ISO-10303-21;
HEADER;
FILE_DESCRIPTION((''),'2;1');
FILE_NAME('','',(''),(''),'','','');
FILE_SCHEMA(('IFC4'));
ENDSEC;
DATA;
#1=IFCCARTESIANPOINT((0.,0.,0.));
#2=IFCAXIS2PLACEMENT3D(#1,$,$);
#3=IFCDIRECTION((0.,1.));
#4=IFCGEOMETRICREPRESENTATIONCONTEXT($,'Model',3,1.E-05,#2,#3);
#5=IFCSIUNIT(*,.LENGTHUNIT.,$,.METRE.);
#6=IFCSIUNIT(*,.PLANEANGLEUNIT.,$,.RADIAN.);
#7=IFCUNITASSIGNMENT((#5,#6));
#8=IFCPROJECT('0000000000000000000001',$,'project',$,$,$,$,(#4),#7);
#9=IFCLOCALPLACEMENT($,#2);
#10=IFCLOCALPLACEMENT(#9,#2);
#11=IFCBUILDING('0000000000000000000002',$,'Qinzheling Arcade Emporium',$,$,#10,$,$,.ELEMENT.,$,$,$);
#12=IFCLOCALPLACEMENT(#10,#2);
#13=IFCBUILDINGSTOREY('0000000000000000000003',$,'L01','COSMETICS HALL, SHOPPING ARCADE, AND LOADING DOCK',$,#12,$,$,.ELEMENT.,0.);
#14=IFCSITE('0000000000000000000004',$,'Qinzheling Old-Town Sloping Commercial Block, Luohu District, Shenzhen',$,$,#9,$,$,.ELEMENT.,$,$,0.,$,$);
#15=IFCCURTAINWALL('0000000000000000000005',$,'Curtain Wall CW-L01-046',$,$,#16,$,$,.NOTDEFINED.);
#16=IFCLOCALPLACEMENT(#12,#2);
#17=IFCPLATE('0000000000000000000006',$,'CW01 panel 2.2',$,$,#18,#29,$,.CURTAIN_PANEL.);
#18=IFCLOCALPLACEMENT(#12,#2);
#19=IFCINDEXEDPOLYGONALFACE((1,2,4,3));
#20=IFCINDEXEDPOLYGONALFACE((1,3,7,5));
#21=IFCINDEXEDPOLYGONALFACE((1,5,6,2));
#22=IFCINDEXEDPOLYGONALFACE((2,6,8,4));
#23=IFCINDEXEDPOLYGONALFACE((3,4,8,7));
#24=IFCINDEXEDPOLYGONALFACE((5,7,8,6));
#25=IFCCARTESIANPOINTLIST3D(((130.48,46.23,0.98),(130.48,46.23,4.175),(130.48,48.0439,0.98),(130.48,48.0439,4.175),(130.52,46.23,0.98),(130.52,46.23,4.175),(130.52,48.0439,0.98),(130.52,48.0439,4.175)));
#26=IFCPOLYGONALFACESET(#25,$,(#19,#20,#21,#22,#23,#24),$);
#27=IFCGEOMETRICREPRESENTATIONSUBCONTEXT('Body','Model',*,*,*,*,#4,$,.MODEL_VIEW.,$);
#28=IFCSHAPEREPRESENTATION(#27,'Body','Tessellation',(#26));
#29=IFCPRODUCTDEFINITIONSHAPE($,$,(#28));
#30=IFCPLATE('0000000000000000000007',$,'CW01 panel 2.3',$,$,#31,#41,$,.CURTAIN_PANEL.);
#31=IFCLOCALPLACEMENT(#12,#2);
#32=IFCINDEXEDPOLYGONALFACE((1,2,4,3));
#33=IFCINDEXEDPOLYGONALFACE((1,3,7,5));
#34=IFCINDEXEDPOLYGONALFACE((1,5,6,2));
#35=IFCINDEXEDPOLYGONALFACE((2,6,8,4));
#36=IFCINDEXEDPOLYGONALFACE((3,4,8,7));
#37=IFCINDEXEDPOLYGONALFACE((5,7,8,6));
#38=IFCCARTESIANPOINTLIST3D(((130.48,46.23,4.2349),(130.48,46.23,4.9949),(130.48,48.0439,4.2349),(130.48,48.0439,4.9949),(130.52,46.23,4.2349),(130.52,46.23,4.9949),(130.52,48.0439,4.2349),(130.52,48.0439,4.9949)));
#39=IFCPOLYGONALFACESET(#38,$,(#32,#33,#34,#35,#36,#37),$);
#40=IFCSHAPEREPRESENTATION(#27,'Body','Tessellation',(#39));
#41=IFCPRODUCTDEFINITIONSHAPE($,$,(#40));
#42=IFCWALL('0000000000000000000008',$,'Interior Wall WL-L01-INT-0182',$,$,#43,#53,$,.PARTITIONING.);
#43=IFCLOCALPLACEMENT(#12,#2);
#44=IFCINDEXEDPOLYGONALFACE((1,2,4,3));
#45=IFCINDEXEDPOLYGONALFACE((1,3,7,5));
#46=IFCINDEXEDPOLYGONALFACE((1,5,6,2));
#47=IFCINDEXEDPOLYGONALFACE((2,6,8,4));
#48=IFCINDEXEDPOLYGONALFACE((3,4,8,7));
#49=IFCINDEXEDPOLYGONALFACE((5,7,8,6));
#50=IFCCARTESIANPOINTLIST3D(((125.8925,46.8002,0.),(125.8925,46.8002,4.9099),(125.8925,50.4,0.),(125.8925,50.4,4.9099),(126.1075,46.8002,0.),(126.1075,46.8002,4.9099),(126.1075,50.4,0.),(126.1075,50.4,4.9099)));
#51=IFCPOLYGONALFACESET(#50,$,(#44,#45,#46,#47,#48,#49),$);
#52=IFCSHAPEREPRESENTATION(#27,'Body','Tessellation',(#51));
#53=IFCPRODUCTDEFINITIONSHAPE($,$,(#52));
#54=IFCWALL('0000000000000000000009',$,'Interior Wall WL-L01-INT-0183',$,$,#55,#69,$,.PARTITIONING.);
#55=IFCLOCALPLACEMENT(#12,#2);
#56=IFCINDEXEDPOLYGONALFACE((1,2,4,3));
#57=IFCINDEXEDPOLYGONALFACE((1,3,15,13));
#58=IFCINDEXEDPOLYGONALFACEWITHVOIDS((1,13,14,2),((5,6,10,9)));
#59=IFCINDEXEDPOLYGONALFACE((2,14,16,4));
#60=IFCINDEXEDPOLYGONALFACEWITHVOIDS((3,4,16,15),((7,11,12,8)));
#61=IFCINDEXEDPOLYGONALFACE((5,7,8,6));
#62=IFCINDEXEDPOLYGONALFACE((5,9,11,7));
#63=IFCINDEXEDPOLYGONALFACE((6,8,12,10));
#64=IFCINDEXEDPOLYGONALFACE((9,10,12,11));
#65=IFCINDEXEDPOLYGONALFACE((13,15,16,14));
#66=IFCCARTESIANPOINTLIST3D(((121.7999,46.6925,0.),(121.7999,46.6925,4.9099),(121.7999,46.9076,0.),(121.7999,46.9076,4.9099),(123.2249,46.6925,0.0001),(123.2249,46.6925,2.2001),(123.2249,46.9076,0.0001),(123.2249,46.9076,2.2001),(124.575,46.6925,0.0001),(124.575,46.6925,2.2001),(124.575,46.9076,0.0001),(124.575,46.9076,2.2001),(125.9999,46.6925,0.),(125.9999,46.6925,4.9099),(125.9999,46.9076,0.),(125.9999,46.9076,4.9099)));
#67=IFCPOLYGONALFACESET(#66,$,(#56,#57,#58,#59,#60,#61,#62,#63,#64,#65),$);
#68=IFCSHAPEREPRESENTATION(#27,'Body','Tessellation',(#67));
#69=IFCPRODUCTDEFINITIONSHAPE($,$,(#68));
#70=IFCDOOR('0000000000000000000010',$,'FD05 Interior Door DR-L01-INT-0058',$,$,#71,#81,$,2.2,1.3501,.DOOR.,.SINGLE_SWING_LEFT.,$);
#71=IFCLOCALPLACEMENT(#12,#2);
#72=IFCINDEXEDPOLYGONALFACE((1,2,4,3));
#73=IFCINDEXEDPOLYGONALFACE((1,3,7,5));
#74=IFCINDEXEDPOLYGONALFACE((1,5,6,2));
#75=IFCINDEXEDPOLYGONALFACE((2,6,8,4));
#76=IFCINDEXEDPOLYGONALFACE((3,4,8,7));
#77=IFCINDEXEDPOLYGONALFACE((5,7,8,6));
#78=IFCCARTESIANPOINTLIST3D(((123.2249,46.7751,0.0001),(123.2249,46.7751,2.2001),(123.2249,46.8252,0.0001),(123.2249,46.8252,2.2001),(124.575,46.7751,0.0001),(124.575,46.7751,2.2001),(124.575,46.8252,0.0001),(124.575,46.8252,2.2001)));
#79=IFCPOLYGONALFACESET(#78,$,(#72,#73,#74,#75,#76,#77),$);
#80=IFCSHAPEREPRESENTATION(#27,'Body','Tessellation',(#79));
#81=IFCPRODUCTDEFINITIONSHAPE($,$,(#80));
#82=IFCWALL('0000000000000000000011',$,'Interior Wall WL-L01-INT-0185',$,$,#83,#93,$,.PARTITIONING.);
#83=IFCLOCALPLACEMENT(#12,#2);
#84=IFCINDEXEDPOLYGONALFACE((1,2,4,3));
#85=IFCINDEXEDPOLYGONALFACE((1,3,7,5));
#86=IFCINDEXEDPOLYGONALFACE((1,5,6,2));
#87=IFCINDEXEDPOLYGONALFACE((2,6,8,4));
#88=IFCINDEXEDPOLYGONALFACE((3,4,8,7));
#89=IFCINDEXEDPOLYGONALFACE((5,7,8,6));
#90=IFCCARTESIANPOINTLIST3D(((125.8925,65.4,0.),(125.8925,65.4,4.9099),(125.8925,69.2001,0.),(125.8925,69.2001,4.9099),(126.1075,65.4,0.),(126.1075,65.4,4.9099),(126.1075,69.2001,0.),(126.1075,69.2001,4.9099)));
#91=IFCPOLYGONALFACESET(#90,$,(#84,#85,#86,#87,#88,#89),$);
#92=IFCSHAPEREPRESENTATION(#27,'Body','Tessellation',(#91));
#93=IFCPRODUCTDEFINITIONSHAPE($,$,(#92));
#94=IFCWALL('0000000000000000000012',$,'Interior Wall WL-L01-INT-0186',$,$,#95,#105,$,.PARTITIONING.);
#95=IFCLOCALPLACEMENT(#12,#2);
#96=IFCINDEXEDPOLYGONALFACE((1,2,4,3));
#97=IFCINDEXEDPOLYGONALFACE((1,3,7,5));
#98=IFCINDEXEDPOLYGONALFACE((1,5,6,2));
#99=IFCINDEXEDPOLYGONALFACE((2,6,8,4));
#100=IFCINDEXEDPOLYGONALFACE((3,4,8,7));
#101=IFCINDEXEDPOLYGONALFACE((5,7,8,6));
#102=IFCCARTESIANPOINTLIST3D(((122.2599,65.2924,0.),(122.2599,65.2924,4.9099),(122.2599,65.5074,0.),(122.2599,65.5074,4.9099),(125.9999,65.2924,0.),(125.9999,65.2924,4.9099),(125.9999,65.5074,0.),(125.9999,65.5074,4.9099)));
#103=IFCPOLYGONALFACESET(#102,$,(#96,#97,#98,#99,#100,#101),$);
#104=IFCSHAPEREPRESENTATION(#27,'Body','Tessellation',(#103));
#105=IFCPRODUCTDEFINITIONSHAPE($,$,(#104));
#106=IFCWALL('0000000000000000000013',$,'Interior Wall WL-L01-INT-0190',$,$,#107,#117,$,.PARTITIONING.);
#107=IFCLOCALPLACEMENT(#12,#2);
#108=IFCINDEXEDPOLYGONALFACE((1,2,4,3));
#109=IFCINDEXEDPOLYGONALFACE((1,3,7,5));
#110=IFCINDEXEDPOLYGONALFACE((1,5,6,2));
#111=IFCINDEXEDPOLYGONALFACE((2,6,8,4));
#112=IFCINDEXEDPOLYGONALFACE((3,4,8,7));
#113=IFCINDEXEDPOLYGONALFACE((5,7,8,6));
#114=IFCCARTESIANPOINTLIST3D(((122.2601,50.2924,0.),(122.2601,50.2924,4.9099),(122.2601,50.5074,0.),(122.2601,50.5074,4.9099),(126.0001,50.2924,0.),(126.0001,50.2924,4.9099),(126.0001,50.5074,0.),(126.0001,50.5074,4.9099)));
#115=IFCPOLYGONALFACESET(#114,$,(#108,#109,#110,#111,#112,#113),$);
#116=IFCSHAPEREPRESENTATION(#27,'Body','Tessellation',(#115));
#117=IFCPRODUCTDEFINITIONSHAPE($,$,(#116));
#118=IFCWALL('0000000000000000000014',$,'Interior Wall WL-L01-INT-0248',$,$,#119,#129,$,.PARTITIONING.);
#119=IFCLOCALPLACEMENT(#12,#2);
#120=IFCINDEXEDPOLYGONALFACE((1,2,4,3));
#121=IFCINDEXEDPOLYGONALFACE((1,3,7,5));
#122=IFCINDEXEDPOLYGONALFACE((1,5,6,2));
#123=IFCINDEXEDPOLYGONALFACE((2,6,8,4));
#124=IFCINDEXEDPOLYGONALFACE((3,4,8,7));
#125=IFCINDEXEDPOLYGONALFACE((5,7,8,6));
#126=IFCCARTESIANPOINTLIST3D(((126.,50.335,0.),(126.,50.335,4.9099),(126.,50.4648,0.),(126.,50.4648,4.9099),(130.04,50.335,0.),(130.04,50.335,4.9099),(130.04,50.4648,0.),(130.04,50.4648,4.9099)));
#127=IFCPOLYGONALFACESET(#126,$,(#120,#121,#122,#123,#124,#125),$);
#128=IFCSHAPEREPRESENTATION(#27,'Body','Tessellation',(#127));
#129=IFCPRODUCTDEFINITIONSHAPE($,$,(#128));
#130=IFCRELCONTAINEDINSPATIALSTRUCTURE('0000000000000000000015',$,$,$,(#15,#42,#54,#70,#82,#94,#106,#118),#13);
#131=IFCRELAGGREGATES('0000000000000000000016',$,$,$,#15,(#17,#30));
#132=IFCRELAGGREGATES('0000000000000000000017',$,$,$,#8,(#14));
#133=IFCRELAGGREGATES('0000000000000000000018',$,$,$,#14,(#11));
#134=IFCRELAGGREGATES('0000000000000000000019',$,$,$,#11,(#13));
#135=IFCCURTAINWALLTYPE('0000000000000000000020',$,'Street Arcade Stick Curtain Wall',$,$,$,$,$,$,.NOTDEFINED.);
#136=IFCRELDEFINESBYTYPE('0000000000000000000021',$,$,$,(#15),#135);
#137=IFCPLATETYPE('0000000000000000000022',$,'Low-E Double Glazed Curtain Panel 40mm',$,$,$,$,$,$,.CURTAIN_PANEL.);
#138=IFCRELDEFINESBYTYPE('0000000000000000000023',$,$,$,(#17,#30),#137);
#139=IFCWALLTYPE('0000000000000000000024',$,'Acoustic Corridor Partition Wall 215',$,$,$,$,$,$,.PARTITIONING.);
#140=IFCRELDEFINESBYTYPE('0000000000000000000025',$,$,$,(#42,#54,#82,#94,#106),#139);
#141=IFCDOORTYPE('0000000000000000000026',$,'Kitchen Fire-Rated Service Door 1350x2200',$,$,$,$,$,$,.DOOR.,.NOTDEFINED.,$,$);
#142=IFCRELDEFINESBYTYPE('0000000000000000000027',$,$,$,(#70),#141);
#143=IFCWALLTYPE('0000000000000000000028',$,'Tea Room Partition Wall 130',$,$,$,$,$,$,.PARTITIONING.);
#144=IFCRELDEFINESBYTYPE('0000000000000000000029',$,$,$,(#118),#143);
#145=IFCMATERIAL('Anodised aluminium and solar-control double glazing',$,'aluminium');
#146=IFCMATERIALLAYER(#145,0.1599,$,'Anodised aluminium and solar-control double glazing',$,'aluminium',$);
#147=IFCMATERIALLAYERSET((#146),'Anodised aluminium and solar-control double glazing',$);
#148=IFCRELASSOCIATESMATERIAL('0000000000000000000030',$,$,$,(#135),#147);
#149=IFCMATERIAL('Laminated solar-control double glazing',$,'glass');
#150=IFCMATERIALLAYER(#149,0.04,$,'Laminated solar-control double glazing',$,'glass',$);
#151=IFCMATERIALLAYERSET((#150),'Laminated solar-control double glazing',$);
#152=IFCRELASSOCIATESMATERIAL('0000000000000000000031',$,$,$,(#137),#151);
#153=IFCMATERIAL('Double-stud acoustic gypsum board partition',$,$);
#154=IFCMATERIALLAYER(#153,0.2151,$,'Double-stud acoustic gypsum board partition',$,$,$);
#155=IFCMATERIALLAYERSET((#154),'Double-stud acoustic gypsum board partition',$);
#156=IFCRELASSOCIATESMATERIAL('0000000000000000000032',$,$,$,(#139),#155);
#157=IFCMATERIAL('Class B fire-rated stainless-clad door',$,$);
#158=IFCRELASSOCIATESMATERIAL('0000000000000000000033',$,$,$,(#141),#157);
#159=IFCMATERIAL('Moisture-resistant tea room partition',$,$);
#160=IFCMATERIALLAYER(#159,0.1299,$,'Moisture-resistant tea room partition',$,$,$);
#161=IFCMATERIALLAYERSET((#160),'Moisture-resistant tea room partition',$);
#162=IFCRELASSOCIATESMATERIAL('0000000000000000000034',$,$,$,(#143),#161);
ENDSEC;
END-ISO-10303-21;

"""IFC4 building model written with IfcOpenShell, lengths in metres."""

from ifc_helpers import new_model, si_unit, direction, frame, frame_2d, origin, origin_2d, place, context, subcontext, project, spatial, rectangle, extrude, material, layer, layer_set, type_object, element, fill, aggregate, save


model = new_model("IFC4")

# Units and contexts
model_context = context("Model", 3, precision=1e-05, world=origin(), true_north=direction((0.0, 1.0)))
body_context = subcontext(model_context, "Body", "Model", "MODEL_VIEW")
ifc_project = project(units=[si_unit("LENGTHUNIT", "METRE"), si_unit("PLANEANGLEUNIT", "RADIAN")], contexts=[model_context])

# Site, building, storey
site_placement = place(None, origin())
site = spatial("IfcSite", under=ifc_project, at=site_placement, Name="Qinzheling Old-Town Sloping Commercial Block, Luohu District, Shenzhen", CompositionType="ELEMENT", RefElevation=0.0)
building_placement = place(site_placement, origin())
building = spatial("IfcBuilding", under=site, at=building_placement, Name="Qinzheling Arcade Emporium", CompositionType="ELEMENT")
storey_placement = place(building_placement, origin())
storey = spatial("IfcBuildingStorey", under=building, at=storey_placement, Name="L01", Description="COSMETICS HALL, SHOPPING ARCADE, AND LOADING DOCK", CompositionType="ELEMENT", Elevation=0.0)

# Shared definitions
ifc_material_1 = material(Name="Anodised aluminium and solar-control double glazing", Category="aluminium")
ifc_layer_1 = layer(ifc_material_1, 0.1599, Name="Anodised aluminium and solar-control double glazing", Category="aluminium")
ifc_layer_set_1 = layer_set([ifc_layer_1], Name="Anodised aluminium and solar-control double glazing")
curtain_wall_type = type_object("IfcCurtainWallType", Name="Street Arcade Stick Curtain Wall", PredefinedType="NOTDEFINED", material=ifc_layer_set_1)

# Curtain wall
curtain_wall_1_placement = place(storey_placement, origin())
curtain_wall_1 = element("IfcCurtainWall", 1, at=curtain_wall_1_placement, inside=storey, type_object=curtain_wall_type, Name="Curtain Wall CW-L01-046", PredefinedType="NOTDEFINED")

# Plates
ifc_material_2 = material(Name="Laminated solar-control double glazing", Category="glass")
ifc_layer_2 = layer(ifc_material_2, 0.04, Name="Laminated solar-control double glazing", Category="glass")
ifc_layer_set_2 = layer_set([ifc_layer_2], Name="Laminated solar-control double glazing")
plate_type_1 = type_object("IfcPlateType", Name="Low-E Double Glazed Curtain Panel 40mm", PredefinedType="CURTAIN_PANEL", material=ifc_layer_set_2)
plate_1_placement = place(storey_placement, frame((130.5, 47.137, 0.98), z_axis=(0.0, 0.0, 1.0), x_axis=(0.0, -1.0, 0.0)))
plate_1 = element("IfcPlate", 2, at=plate_1_placement, type_object=plate_type_1, Name="CW01 panel 2.2", PredefinedType="CURTAIN_PANEL", context=body_context, shape_type="SweptSolid", body=[
    extrude(rectangle(XDim=1.814, YDim=0.04, at=origin_2d()), origin(), (0.0, 0.0, 1.0), 3.1951),
])
plate_2_placement = place(storey_placement, frame((130.5, 47.137, 4.2349), z_axis=(0.0, 0.0, 1.0), x_axis=(0.0, -1.0, 0.0)))
plate_2 = element("IfcPlate", 3, at=plate_2_placement, type_object=plate_type_1, Name="CW01 panel 2.3", PredefinedType="CURTAIN_PANEL", context=body_context, shape_type="SweptSolid", body=[
    extrude(rectangle(XDim=1.814, YDim=0.04, at=origin_2d()), origin(), (0.0, 0.0, 1.0), 0.76),
])
aggregate(curtain_wall_1, [plate_1, plate_2])

# Wall
ifc_material_3 = material(Name="Double-stud acoustic gypsum board partition")
ifc_layer_3 = layer(ifc_material_3, 0.2151, Name="Double-stud acoustic gypsum board partition")
ifc_layer_set_3 = layer_set([ifc_layer_3], Name="Double-stud acoustic gypsum board partition")
wall_type_1 = type_object("IfcWallType", Name="Acoustic Corridor Partition Wall 215", PredefinedType="PARTITIONING", material=ifc_layer_set_3)
wall_1_placement = place(storey_placement, frame((126.0, 50.3999, 0.0), z_axis=(0.0, 0.0, 1.0), x_axis=(0.0, -1.0, 0.0)))
element("IfcWall", 4, at=wall_1_placement, inside=storey, type_object=wall_type_1, Name="Interior Wall WL-L01-INT-0182", PredefinedType="PARTITIONING", context=body_context, shape_type="SweptSolid", body=[
    extrude(rectangle(XDim=3.5999, YDim=0.2151, at=frame_2d((1.7998, 0.0))), origin(), (0.0, 0.0, 1.0), 4.9099),
])

# Wall, opening, door
wall_2_placement = place(storey_placement, frame((126.0, 46.8, 0.0), z_axis=(0.0, 0.0, 1.0), x_axis=(-1.0, 0.0, 0.0)))
wall_2 = element("IfcWall", 5, at=wall_2_placement, inside=storey, type_object=wall_type_1, Name="Interior Wall WL-L01-INT-0183", PredefinedType="PARTITIONING", context=body_context, shape_type="SweptSolid", body=[
    extrude(rectangle(XDim=4.2, YDim=0.2151, at=frame_2d((2.1001, 0.0))), origin(), (0.0, 0.0, 1.0), 4.9099),
])
opening_placement = place(wall_2_placement, frame((1.425, 0.0, 0.0)))
opening = element("IfcOpeningElement", 6, at=opening_placement, cuts=wall_2, PredefinedType="OPENING", context=body_context, shape_type="SweptSolid", body=[
    extrude(rectangle(XDim=1.3501, YDim=2.2, at=frame_2d((0.675, 1.1001))), frame((0.0, 0.1177, 0.0), z_axis=(0.0, -1.0, 0.0), x_axis=(1.0, 0.0, 0.0)), (0.0, 0.0, 1.0), 0.2351),
])
ifc_material_4 = material(Name="Class B fire-rated stainless-clad door")
door_type = type_object("IfcDoorType", Name="Kitchen Fire-Rated Service Door 1350x2200", OperationType="NOTDEFINED", PredefinedType="DOOR", material=ifc_material_4)
door_placement = place(opening_placement, origin())
door = element("IfcDoor", 7, at=door_placement, inside=storey, type_object=door_type, Name="FD05 Interior Door DR-L01-INT-0058", OperationType="SINGLE_SWING_LEFT", OverallHeight=2.2, OverallWidth=1.3501, PredefinedType="DOOR", context=body_context, shape_type="SweptSolid", body=[
    extrude(rectangle(XDim=1.3501, YDim=2.2, at=frame_2d((0.675, 1.1001))), frame((0.0, 0.0249, 0.0), z_axis=(0.0, -1.0, 0.0), x_axis=(1.0, 0.0, 0.0)), (0.0, 0.0, 1.0), 0.05),
])
fill(opening, door)

# Walls
wall_3_placement = place(storey_placement, frame((126.0, 69.2, 0.0), z_axis=(0.0, 0.0, 1.0), x_axis=(0.0, -1.0, 0.0)))
element("IfcWall", 8, at=wall_3_placement, inside=storey, type_object=wall_type_1, Name="Interior Wall WL-L01-INT-0185", PredefinedType="PARTITIONING", context=body_context, shape_type="SweptSolid", body=[
    extrude(rectangle(XDim=3.8, YDim=0.2151, at=frame_2d((1.8999, 0.0))), origin(), (0.0, 0.0, 1.0), 4.9099),
])
for number, where, z_axis, x_axis, name in (
    (9, (126.0, 65.3999, 0.0), (0.0, 0.0, 1.0), (-1.0, 0.0, 0.0), "Interior Wall WL-L01-INT-0186"),
    (10, (122.26, 50.3999, 0.0), (0.0, 0.0, 1.0), (1.0, 0.0, 0.0), "Interior Wall WL-L01-INT-0190"),
):
    element("IfcWall", number, at=place(storey_placement, frame(where, z_axis=z_axis, x_axis=x_axis)), inside=storey, type_object=wall_type_1, Name=name, PredefinedType="PARTITIONING", context=body_context, shape_type="SweptSolid", body=[
        extrude(rectangle(XDim=3.74, YDim=0.2151, at=frame_2d((1.8701, 0.0))), origin(), (0.0, 0.0, 1.0), 4.9099),
    ])
ifc_material_5 = material(Name="Moisture-resistant tea room partition")
ifc_layer_4 = layer(ifc_material_5, 0.1299, Name="Moisture-resistant tea room partition")
ifc_layer_set_4 = layer_set([ifc_layer_4], Name="Moisture-resistant tea room partition")
wall_type_2 = type_object("IfcWallType", Name="Tea Room Partition Wall 130", PredefinedType="PARTITIONING", material=ifc_layer_set_4)
wall_4_placement = place(storey_placement, frame((126.0, 50.3999, 0.0), z_axis=(0.0, 0.0, 1.0), x_axis=(1.0, 0.0, 0.0)))
element("IfcWall", 11, at=wall_4_placement, inside=storey, type_object=wall_type_2, Name="Interior Wall WL-L01-INT-0248", PredefinedType="PARTITIONING", context=body_context, shape_type="SweptSolid", body=[
    extrude(rectangle(XDim=4.04, YDim=0.1299, at=frame_2d((2.02, 0.0))), origin(), (0.0, 0.0, 1.0), 4.9099),
])

save(model, "model.ifc")
